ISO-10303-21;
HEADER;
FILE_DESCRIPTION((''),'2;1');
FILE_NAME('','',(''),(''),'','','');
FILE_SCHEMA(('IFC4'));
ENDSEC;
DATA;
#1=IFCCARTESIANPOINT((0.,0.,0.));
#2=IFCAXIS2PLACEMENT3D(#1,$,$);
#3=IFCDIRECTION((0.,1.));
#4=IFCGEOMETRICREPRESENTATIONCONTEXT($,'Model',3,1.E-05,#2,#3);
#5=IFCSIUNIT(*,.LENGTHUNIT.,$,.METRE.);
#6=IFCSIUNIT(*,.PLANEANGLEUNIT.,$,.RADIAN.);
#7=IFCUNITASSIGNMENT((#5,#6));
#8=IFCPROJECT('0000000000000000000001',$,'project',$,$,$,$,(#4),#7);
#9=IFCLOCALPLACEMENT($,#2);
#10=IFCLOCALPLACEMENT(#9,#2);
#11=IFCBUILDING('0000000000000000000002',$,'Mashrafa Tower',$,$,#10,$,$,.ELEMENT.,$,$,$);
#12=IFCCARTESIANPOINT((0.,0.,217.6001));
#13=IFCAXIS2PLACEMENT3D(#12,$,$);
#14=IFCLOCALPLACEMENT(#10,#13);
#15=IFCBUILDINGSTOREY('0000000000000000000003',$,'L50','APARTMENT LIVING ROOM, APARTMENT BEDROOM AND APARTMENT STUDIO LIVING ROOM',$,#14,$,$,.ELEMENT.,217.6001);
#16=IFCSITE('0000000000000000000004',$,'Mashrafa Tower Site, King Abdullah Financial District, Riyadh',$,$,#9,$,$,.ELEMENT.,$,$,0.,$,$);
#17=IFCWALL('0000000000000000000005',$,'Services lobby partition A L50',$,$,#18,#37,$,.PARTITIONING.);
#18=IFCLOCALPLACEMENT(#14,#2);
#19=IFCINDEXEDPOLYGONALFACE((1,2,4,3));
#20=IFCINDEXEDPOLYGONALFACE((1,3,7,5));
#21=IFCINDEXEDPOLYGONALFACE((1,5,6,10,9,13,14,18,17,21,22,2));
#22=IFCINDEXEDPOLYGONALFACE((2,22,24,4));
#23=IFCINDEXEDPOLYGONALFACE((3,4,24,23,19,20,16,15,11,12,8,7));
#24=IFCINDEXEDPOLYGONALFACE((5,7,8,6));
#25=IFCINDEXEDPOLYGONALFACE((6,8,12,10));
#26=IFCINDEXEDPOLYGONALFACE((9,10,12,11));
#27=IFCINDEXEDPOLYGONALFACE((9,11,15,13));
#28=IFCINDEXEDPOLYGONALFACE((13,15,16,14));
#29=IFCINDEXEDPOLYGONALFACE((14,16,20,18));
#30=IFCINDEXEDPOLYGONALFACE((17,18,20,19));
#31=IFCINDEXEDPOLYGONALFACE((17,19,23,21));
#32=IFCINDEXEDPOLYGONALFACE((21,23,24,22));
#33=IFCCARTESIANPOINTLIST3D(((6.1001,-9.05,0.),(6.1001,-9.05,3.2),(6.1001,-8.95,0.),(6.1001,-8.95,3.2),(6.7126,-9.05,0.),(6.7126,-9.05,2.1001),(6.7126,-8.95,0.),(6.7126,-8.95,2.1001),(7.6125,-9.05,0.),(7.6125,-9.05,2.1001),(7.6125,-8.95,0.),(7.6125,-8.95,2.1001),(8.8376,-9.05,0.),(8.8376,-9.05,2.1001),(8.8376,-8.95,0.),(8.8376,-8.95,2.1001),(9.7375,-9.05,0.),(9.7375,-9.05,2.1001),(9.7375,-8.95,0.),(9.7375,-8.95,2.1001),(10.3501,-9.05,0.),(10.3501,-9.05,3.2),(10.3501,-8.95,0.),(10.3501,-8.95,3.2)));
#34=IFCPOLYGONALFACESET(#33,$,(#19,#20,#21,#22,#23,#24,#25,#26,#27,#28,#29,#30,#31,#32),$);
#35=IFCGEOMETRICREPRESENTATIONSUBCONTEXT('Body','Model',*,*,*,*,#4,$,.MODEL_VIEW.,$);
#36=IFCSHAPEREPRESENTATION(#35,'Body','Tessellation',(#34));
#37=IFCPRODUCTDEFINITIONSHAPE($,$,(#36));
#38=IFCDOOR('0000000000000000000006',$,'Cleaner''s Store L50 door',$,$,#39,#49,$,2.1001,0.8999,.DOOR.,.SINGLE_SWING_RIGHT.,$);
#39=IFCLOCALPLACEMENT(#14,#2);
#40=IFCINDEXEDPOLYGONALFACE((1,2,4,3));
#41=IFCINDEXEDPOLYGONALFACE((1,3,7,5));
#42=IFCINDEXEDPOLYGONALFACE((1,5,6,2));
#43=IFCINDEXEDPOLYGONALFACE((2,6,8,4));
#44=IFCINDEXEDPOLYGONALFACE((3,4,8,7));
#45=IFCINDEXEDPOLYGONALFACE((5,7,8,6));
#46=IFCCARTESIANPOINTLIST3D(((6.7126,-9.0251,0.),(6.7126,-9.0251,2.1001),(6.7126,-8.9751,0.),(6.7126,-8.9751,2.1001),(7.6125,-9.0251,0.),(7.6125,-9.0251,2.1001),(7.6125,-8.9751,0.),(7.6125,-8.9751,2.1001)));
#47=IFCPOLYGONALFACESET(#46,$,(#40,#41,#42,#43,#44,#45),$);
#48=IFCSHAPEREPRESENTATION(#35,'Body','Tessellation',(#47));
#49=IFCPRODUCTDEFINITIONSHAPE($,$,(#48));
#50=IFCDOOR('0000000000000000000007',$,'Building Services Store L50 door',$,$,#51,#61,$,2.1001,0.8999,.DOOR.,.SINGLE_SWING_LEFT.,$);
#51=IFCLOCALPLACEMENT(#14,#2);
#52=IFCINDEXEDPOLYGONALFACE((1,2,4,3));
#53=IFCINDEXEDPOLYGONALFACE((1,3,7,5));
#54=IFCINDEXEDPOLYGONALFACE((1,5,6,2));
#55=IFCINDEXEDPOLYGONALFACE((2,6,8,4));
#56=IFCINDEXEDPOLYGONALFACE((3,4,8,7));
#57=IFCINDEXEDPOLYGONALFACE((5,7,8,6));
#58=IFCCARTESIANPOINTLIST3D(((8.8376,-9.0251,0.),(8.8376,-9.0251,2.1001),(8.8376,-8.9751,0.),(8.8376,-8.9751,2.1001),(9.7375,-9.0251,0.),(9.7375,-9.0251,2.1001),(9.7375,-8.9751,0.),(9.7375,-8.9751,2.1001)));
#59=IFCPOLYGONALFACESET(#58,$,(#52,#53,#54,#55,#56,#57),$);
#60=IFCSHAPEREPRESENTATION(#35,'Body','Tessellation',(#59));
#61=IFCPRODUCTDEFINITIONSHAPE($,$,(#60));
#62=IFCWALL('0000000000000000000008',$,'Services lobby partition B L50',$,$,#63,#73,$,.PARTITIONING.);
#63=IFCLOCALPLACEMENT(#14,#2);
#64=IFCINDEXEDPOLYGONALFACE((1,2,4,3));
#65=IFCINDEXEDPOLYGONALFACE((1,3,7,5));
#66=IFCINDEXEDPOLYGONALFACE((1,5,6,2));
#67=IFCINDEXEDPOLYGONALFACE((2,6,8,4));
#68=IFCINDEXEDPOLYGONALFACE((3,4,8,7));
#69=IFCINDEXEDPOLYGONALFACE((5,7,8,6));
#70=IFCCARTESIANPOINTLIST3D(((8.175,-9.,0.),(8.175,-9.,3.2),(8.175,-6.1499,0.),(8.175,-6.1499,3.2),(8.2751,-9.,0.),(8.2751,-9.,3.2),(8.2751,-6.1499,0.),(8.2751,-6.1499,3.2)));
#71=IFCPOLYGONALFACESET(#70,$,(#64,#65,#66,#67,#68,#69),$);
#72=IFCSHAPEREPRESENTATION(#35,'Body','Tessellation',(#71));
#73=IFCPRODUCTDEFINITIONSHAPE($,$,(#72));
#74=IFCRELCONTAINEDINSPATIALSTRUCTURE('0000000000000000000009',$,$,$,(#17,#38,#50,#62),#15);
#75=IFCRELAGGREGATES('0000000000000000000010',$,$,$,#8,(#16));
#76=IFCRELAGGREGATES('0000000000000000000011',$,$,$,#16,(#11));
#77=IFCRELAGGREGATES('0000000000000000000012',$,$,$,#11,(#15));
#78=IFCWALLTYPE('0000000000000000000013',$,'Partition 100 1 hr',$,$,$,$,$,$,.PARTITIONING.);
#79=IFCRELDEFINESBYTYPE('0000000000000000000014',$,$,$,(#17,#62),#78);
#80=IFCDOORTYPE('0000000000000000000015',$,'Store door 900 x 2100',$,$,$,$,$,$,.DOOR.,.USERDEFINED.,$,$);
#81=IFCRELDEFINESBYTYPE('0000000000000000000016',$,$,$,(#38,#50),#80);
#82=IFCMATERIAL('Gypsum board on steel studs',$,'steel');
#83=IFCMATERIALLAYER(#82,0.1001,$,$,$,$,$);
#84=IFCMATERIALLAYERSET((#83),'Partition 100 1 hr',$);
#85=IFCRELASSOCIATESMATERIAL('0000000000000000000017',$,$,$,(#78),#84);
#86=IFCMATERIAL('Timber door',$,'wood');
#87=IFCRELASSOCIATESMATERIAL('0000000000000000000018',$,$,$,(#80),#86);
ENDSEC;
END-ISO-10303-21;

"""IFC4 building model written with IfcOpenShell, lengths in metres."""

from ifc_helpers import new_model, si_unit, direction, frame, frame_2d, origin, place, context, subcontext, project, spatial, rectangle, extrude, material, layer, layer_set, type_object, element, fill, save


model = new_model("IFC4")

# Units and contexts
model_context = context("Model", 3, precision=1e-05, world=origin(), true_north=direction((0.0, 1.0)))
body_context = subcontext(model_context, "Body", "Model", "MODEL_VIEW")
ifc_project = project(units=[si_unit("LENGTHUNIT", "METRE"), si_unit("PLANEANGLEUNIT", "RADIAN")], contexts=[model_context])

# Site, building, storey
site_placement = place(None, origin())
site = spatial("IfcSite", under=ifc_project, at=site_placement, Name="Mashrafa Tower Site, King Abdullah Financial District, Riyadh", CompositionType="ELEMENT", RefElevation=0.0)
building_placement = place(site_placement, origin())
building = spatial("IfcBuilding", under=site, at=building_placement, Name="Mashrafa Tower", CompositionType="ELEMENT")
storey_placement = place(building_placement, frame((0.0, 0.0, 217.6001)))
storey = spatial("IfcBuildingStorey", under=building, at=storey_placement, Name="L50", Description="APARTMENT LIVING ROOM, APARTMENT BEDROOM AND APARTMENT STUDIO LIVING ROOM", CompositionType="ELEMENT", Elevation=217.6001)

# Wall, openings, doors
ifc_material_1 = material(Name="Gypsum board on steel studs", Category="steel")
ifc_layer_1 = layer(ifc_material_1, 0.1001)
ifc_layer_set_1 = layer_set([ifc_layer_1], Name="Partition 100 1 hr")
wall_type_1 = type_object("IfcWallType", Name="Partition 100 1 hr", PredefinedType="PARTITIONING", material=ifc_layer_set_1)
wall_1_placement = place(storey_placement, frame((6.1001, -9.0, 0.0), z_axis=(0.0, 0.0, 1.0), x_axis=(1.0, 0.0, 0.0)))
wall_1 = element("IfcWall", 1, at=wall_1_placement, inside=storey, type_object=wall_type_1, Name="Services lobby partition A L50", PredefinedType="PARTITIONING", context=body_context, shape_type="SweptSolid", body=[
    extrude(rectangle(XDim=4.25, YDim=0.1001, at=frame_2d((2.125, 0.0))), origin(), (0.0, 0.0, 1.0), 3.2),
])
opening_1_placement = place(wall_1_placement, frame((0.6125, 0.0, 0.0)))
opening_1 = element("IfcOpeningElement", 2, at=opening_1_placement, cuts=wall_1, PredefinedType="OPENING", context=body_context, shape_type="SweptSolid", body=[
    extrude(rectangle(XDim=0.8999, YDim=2.1001, at=frame_2d((0.45, 1.05))), frame((0.0, 0.0601, 0.0), z_axis=(0.0, -1.0, 0.0), x_axis=(1.0, 0.0, 0.0)), (0.0, 0.0, 1.0), 0.1201),
])
opening_2_placement = place(wall_1_placement, frame((2.7375, 0.0, 0.0)))
opening_2 = element("IfcOpeningElement", 3, at=opening_2_placement, cuts=wall_1, PredefinedType="OPENING", context=body_context, shape_type="SweptSolid", body=[
    extrude(rectangle(XDim=0.8999, YDim=2.1001, at=frame_2d((0.45, 1.05))), frame((0.0, 0.0601, 0.0), z_axis=(0.0, -1.0, 0.0), x_axis=(1.0, 0.0, 0.0)), (0.0, 0.0, 1.0), 0.1201),
])
ifc_material_2 = material(Name="Timber door", Category="wood")
door_type_1 = type_object("IfcDoorType", Name="Store door 900 x 2100", OperationType="USERDEFINED", PredefinedType="DOOR", material=ifc_material_2)
door_1_placement = place(opening_1_placement, origin())
door_1 = element("IfcDoor", 4, at=door_1_placement, inside=storey, type_object=door_type_1, Name="Cleaner's Store L50 door", OperationType="SINGLE_SWING_RIGHT", OverallHeight=2.1001, OverallWidth=0.8999, PredefinedType="DOOR", context=body_context, shape_type="SweptSolid", body=[
    extrude(rectangle(XDim=0.8999, YDim=2.1001, at=frame_2d((0.45, 1.05))), frame((0.0, 0.0249, 0.0), z_axis=(0.0, -1.0, 0.0), x_axis=(1.0, 0.0, 0.0)), (0.0, 0.0, 1.0), 0.05),
])
fill(opening_1, door_1)
door_2_placement = place(opening_2_placement, origin())
door_2 = element("IfcDoor", 5, at=door_2_placement, inside=storey, type_object=door_type_1, Name="Building Services Store L50 door", OperationType="SINGLE_SWING_LEFT", OverallHeight=2.1001, OverallWidth=0.8999, PredefinedType="DOOR", context=body_context, shape_type="SweptSolid", body=[
    extrude(rectangle(XDim=0.8999, YDim=2.1001, at=frame_2d((0.45, 1.05))), frame((0.0, 0.0249, 0.0), z_axis=(0.0, -1.0, 0.0), x_axis=(1.0, 0.0, 0.0)), (0.0, 0.0, 1.0), 0.05),
])
fill(opening_2, door_2)

# Wall
wall_2_placement = place(storey_placement, frame((8.2251, -9.0, 0.0), z_axis=(0.0, 0.0, 1.0), x_axis=(0.0, 1.0, 0.0)))
element("IfcWall", 6, at=wall_2_placement, inside=storey, type_object=wall_type_1, Name="Services lobby partition B L50", PredefinedType="PARTITIONING", context=body_context, shape_type="SweptSolid", body=[
    extrude(rectangle(XDim=2.8501, YDim=0.1001, at=frame_2d((1.425, 0.0))), origin(), (0.0, 0.0, 1.0), 3.2),
])

save(model, "model.ifc")
